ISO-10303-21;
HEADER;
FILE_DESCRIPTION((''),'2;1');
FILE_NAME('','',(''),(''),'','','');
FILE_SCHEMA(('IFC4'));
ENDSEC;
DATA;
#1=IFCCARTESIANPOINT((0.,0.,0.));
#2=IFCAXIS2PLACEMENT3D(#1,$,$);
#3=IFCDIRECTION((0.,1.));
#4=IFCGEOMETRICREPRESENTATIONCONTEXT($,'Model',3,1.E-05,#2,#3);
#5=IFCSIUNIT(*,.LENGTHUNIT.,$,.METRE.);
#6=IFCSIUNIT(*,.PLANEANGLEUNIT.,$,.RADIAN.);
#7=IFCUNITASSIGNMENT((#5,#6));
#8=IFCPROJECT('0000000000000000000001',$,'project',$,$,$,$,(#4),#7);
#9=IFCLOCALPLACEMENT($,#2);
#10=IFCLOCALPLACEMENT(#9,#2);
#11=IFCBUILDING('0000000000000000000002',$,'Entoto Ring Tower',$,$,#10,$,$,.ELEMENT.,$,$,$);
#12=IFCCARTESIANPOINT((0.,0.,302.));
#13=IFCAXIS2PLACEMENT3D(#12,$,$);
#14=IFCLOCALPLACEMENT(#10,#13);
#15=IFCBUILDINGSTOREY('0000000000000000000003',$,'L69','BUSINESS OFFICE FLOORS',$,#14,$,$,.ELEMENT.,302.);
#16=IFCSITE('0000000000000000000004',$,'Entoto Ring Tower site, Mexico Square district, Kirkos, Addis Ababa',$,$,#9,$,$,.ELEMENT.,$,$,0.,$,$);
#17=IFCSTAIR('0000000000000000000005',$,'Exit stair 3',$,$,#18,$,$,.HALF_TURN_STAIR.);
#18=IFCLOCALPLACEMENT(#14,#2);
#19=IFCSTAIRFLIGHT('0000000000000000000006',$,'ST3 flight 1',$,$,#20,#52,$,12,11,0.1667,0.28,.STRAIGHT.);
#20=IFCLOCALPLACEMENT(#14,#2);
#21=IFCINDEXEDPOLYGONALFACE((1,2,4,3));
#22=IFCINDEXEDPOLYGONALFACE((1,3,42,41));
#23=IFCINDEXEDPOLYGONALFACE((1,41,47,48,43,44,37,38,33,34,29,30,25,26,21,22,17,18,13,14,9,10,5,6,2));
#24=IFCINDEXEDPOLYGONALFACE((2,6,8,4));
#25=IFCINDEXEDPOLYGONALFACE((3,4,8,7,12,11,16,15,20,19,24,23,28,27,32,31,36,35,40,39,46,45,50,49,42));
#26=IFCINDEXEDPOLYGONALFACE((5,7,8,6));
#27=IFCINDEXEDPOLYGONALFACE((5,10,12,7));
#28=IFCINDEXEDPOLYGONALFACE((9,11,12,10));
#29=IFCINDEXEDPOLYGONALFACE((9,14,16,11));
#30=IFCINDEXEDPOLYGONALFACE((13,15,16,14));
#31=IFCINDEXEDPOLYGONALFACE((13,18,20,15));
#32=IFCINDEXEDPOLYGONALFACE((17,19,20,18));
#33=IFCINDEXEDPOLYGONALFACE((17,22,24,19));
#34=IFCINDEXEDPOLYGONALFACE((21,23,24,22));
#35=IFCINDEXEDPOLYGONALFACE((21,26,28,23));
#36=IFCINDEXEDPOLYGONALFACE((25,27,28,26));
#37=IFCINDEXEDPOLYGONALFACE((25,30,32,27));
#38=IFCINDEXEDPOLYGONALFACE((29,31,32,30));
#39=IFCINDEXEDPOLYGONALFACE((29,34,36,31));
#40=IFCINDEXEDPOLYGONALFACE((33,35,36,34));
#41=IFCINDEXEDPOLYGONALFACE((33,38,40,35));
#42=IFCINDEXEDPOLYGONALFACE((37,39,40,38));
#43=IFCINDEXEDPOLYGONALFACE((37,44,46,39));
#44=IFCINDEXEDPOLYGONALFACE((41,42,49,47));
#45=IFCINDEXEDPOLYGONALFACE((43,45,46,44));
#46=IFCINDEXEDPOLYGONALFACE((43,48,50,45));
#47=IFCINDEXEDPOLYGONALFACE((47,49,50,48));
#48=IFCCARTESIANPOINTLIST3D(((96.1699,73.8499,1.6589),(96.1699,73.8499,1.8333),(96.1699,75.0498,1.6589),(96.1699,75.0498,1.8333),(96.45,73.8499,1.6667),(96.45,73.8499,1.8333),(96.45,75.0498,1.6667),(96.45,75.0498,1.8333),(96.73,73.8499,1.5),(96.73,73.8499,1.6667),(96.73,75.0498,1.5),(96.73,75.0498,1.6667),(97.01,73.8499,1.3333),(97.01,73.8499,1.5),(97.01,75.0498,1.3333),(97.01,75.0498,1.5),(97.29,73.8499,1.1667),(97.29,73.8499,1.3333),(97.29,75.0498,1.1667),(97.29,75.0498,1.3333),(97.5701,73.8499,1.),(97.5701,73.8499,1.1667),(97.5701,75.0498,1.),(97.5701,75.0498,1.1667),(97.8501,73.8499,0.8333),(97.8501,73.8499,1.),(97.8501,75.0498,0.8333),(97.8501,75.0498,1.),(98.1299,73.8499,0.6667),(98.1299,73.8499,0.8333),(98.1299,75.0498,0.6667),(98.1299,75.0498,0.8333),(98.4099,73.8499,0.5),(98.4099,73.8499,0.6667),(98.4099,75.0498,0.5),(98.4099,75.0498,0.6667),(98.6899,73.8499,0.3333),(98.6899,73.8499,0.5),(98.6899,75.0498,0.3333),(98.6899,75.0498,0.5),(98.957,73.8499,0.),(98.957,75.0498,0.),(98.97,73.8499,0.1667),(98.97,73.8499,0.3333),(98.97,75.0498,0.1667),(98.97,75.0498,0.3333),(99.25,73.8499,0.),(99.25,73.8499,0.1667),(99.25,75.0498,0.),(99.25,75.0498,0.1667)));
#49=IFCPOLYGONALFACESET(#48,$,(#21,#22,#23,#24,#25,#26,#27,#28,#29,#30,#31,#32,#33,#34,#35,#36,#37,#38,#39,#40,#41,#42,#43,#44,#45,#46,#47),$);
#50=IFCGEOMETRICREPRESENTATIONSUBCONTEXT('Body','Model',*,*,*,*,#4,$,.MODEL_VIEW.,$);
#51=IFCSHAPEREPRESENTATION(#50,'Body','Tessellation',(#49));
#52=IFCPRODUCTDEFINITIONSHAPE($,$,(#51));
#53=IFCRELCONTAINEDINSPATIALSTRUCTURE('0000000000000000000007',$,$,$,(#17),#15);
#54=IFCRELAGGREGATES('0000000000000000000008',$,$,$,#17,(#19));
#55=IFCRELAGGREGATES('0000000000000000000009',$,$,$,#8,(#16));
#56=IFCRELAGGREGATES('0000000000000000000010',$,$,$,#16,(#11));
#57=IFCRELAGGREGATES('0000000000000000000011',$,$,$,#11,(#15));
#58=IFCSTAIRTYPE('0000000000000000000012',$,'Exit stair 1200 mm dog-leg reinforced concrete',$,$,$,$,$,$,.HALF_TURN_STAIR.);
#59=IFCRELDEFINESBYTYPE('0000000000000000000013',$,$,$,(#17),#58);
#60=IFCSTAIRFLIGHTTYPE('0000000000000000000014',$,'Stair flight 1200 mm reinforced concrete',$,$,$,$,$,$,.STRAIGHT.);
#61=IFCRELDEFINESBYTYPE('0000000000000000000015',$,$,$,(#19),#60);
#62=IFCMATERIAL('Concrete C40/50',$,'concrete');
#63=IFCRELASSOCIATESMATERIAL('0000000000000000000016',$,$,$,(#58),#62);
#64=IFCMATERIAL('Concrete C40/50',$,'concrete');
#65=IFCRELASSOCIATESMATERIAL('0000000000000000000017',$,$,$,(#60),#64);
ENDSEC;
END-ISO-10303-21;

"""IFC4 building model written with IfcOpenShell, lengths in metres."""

from ifc_helpers import new_model, si_unit, direction, frame, origin, place, context, subcontext, project, spatial, polyline, outline, extrude, material, type_object, element, aggregate, save


model = new_model("IFC4")

# Units and contexts
model_context = context("Model", 3, precision=1e-05, world=origin(), true_north=direction((0.0, 1.0)))
body_context = subcontext(model_context, "Body", "Model", "MODEL_VIEW")
ifc_project = project(units=[si_unit("LENGTHUNIT", "METRE"), si_unit("PLANEANGLEUNIT", "RADIAN")], contexts=[model_context])

# Site, building, storey
site_placement = place(None, origin())
site = spatial("IfcSite", under=ifc_project, at=site_placement, Name="Entoto Ring Tower site, Mexico Square district, Kirkos, Addis Ababa", CompositionType="ELEMENT", RefElevation=0.0)
building_placement = place(site_placement, origin())
building = spatial("IfcBuilding", under=site, at=building_placement, Name="Entoto Ring Tower", CompositionType="ELEMENT")
storey_placement = place(building_placement, frame((0.0, 0.0, 302.0)))
storey = spatial("IfcBuildingStorey", under=building, at=storey_placement, Name="L69", Description="BUSINESS OFFICE FLOORS", CompositionType="ELEMENT", Elevation=302.0)

# Stair, stair flight
ifc_material_1 = material(Name="Concrete C40/50", Category="concrete")
stair_type = type_object("IfcStairType", Name="Exit stair 1200 mm dog-leg reinforced concrete", PredefinedType="HALF_TURN_STAIR", material=ifc_material_1)
stair_placement = place(storey_placement, origin())
stair = element("IfcStair", 1, at=stair_placement, inside=storey, type_object=stair_type, Name="Exit stair 3", PredefinedType="HALF_TURN_STAIR")
ifc_material_2 = material(Name="Concrete C40/50", Category="concrete")
stair_flight_type = type_object("IfcStairFlightType", Name="Stair flight 1200 mm reinforced concrete", PredefinedType="STRAIGHT", material=ifc_material_2)
stair_flight_placement = place(storey_placement, frame((99.25, 74.45, 0.0), z_axis=(0.0, 0.0, 1.0), x_axis=(-1.0, 0.0, 0.0)))
stair_flight = element("IfcStairFlight", 2, at=stair_flight_placement, type_object=stair_flight_type, Name="ST3 flight 1", NumberOfRisers=12, NumberOfTreads=11, PredefinedType="STRAIGHT", RiserHeight=0.1667, TreadLength=0.28, context=body_context, shape_type="SweptSolid", body=[
    extrude(outline(polyline([(0.0, 0.0), (0.0, 0.1667), (0.28, 0.1667), (0.28, 0.3333), (0.5601, 0.3333), (0.5601, 0.5), (0.8401, 0.5), (0.8401, 0.6667), (1.1201, 0.6667), (1.1201, 0.8333), (1.3999, 0.8333), (1.3999, 1.0), (1.6799, 1.0), (1.6799, 1.1667), (1.96, 1.1667), (1.96, 1.3333), (2.24, 1.3333), (2.24, 1.5), (2.52, 1.5), (2.52, 1.6667), (2.8, 1.6667), (2.8, 1.8333), (3.0801, 1.8333), (3.0801, 2.0), (3.0801, 1.6589), (0.293, 0.0), (0.0, 0.0)])), frame((0.0, 0.6001, 0.0), z_axis=(0.0, -1.0, 0.0), x_axis=(1.0, 0.0, 0.0)), (0.0, 0.0, 1.0), 1.2),
])
aggregate(stair, [stair_flight])

save(model, "model.ifc")
